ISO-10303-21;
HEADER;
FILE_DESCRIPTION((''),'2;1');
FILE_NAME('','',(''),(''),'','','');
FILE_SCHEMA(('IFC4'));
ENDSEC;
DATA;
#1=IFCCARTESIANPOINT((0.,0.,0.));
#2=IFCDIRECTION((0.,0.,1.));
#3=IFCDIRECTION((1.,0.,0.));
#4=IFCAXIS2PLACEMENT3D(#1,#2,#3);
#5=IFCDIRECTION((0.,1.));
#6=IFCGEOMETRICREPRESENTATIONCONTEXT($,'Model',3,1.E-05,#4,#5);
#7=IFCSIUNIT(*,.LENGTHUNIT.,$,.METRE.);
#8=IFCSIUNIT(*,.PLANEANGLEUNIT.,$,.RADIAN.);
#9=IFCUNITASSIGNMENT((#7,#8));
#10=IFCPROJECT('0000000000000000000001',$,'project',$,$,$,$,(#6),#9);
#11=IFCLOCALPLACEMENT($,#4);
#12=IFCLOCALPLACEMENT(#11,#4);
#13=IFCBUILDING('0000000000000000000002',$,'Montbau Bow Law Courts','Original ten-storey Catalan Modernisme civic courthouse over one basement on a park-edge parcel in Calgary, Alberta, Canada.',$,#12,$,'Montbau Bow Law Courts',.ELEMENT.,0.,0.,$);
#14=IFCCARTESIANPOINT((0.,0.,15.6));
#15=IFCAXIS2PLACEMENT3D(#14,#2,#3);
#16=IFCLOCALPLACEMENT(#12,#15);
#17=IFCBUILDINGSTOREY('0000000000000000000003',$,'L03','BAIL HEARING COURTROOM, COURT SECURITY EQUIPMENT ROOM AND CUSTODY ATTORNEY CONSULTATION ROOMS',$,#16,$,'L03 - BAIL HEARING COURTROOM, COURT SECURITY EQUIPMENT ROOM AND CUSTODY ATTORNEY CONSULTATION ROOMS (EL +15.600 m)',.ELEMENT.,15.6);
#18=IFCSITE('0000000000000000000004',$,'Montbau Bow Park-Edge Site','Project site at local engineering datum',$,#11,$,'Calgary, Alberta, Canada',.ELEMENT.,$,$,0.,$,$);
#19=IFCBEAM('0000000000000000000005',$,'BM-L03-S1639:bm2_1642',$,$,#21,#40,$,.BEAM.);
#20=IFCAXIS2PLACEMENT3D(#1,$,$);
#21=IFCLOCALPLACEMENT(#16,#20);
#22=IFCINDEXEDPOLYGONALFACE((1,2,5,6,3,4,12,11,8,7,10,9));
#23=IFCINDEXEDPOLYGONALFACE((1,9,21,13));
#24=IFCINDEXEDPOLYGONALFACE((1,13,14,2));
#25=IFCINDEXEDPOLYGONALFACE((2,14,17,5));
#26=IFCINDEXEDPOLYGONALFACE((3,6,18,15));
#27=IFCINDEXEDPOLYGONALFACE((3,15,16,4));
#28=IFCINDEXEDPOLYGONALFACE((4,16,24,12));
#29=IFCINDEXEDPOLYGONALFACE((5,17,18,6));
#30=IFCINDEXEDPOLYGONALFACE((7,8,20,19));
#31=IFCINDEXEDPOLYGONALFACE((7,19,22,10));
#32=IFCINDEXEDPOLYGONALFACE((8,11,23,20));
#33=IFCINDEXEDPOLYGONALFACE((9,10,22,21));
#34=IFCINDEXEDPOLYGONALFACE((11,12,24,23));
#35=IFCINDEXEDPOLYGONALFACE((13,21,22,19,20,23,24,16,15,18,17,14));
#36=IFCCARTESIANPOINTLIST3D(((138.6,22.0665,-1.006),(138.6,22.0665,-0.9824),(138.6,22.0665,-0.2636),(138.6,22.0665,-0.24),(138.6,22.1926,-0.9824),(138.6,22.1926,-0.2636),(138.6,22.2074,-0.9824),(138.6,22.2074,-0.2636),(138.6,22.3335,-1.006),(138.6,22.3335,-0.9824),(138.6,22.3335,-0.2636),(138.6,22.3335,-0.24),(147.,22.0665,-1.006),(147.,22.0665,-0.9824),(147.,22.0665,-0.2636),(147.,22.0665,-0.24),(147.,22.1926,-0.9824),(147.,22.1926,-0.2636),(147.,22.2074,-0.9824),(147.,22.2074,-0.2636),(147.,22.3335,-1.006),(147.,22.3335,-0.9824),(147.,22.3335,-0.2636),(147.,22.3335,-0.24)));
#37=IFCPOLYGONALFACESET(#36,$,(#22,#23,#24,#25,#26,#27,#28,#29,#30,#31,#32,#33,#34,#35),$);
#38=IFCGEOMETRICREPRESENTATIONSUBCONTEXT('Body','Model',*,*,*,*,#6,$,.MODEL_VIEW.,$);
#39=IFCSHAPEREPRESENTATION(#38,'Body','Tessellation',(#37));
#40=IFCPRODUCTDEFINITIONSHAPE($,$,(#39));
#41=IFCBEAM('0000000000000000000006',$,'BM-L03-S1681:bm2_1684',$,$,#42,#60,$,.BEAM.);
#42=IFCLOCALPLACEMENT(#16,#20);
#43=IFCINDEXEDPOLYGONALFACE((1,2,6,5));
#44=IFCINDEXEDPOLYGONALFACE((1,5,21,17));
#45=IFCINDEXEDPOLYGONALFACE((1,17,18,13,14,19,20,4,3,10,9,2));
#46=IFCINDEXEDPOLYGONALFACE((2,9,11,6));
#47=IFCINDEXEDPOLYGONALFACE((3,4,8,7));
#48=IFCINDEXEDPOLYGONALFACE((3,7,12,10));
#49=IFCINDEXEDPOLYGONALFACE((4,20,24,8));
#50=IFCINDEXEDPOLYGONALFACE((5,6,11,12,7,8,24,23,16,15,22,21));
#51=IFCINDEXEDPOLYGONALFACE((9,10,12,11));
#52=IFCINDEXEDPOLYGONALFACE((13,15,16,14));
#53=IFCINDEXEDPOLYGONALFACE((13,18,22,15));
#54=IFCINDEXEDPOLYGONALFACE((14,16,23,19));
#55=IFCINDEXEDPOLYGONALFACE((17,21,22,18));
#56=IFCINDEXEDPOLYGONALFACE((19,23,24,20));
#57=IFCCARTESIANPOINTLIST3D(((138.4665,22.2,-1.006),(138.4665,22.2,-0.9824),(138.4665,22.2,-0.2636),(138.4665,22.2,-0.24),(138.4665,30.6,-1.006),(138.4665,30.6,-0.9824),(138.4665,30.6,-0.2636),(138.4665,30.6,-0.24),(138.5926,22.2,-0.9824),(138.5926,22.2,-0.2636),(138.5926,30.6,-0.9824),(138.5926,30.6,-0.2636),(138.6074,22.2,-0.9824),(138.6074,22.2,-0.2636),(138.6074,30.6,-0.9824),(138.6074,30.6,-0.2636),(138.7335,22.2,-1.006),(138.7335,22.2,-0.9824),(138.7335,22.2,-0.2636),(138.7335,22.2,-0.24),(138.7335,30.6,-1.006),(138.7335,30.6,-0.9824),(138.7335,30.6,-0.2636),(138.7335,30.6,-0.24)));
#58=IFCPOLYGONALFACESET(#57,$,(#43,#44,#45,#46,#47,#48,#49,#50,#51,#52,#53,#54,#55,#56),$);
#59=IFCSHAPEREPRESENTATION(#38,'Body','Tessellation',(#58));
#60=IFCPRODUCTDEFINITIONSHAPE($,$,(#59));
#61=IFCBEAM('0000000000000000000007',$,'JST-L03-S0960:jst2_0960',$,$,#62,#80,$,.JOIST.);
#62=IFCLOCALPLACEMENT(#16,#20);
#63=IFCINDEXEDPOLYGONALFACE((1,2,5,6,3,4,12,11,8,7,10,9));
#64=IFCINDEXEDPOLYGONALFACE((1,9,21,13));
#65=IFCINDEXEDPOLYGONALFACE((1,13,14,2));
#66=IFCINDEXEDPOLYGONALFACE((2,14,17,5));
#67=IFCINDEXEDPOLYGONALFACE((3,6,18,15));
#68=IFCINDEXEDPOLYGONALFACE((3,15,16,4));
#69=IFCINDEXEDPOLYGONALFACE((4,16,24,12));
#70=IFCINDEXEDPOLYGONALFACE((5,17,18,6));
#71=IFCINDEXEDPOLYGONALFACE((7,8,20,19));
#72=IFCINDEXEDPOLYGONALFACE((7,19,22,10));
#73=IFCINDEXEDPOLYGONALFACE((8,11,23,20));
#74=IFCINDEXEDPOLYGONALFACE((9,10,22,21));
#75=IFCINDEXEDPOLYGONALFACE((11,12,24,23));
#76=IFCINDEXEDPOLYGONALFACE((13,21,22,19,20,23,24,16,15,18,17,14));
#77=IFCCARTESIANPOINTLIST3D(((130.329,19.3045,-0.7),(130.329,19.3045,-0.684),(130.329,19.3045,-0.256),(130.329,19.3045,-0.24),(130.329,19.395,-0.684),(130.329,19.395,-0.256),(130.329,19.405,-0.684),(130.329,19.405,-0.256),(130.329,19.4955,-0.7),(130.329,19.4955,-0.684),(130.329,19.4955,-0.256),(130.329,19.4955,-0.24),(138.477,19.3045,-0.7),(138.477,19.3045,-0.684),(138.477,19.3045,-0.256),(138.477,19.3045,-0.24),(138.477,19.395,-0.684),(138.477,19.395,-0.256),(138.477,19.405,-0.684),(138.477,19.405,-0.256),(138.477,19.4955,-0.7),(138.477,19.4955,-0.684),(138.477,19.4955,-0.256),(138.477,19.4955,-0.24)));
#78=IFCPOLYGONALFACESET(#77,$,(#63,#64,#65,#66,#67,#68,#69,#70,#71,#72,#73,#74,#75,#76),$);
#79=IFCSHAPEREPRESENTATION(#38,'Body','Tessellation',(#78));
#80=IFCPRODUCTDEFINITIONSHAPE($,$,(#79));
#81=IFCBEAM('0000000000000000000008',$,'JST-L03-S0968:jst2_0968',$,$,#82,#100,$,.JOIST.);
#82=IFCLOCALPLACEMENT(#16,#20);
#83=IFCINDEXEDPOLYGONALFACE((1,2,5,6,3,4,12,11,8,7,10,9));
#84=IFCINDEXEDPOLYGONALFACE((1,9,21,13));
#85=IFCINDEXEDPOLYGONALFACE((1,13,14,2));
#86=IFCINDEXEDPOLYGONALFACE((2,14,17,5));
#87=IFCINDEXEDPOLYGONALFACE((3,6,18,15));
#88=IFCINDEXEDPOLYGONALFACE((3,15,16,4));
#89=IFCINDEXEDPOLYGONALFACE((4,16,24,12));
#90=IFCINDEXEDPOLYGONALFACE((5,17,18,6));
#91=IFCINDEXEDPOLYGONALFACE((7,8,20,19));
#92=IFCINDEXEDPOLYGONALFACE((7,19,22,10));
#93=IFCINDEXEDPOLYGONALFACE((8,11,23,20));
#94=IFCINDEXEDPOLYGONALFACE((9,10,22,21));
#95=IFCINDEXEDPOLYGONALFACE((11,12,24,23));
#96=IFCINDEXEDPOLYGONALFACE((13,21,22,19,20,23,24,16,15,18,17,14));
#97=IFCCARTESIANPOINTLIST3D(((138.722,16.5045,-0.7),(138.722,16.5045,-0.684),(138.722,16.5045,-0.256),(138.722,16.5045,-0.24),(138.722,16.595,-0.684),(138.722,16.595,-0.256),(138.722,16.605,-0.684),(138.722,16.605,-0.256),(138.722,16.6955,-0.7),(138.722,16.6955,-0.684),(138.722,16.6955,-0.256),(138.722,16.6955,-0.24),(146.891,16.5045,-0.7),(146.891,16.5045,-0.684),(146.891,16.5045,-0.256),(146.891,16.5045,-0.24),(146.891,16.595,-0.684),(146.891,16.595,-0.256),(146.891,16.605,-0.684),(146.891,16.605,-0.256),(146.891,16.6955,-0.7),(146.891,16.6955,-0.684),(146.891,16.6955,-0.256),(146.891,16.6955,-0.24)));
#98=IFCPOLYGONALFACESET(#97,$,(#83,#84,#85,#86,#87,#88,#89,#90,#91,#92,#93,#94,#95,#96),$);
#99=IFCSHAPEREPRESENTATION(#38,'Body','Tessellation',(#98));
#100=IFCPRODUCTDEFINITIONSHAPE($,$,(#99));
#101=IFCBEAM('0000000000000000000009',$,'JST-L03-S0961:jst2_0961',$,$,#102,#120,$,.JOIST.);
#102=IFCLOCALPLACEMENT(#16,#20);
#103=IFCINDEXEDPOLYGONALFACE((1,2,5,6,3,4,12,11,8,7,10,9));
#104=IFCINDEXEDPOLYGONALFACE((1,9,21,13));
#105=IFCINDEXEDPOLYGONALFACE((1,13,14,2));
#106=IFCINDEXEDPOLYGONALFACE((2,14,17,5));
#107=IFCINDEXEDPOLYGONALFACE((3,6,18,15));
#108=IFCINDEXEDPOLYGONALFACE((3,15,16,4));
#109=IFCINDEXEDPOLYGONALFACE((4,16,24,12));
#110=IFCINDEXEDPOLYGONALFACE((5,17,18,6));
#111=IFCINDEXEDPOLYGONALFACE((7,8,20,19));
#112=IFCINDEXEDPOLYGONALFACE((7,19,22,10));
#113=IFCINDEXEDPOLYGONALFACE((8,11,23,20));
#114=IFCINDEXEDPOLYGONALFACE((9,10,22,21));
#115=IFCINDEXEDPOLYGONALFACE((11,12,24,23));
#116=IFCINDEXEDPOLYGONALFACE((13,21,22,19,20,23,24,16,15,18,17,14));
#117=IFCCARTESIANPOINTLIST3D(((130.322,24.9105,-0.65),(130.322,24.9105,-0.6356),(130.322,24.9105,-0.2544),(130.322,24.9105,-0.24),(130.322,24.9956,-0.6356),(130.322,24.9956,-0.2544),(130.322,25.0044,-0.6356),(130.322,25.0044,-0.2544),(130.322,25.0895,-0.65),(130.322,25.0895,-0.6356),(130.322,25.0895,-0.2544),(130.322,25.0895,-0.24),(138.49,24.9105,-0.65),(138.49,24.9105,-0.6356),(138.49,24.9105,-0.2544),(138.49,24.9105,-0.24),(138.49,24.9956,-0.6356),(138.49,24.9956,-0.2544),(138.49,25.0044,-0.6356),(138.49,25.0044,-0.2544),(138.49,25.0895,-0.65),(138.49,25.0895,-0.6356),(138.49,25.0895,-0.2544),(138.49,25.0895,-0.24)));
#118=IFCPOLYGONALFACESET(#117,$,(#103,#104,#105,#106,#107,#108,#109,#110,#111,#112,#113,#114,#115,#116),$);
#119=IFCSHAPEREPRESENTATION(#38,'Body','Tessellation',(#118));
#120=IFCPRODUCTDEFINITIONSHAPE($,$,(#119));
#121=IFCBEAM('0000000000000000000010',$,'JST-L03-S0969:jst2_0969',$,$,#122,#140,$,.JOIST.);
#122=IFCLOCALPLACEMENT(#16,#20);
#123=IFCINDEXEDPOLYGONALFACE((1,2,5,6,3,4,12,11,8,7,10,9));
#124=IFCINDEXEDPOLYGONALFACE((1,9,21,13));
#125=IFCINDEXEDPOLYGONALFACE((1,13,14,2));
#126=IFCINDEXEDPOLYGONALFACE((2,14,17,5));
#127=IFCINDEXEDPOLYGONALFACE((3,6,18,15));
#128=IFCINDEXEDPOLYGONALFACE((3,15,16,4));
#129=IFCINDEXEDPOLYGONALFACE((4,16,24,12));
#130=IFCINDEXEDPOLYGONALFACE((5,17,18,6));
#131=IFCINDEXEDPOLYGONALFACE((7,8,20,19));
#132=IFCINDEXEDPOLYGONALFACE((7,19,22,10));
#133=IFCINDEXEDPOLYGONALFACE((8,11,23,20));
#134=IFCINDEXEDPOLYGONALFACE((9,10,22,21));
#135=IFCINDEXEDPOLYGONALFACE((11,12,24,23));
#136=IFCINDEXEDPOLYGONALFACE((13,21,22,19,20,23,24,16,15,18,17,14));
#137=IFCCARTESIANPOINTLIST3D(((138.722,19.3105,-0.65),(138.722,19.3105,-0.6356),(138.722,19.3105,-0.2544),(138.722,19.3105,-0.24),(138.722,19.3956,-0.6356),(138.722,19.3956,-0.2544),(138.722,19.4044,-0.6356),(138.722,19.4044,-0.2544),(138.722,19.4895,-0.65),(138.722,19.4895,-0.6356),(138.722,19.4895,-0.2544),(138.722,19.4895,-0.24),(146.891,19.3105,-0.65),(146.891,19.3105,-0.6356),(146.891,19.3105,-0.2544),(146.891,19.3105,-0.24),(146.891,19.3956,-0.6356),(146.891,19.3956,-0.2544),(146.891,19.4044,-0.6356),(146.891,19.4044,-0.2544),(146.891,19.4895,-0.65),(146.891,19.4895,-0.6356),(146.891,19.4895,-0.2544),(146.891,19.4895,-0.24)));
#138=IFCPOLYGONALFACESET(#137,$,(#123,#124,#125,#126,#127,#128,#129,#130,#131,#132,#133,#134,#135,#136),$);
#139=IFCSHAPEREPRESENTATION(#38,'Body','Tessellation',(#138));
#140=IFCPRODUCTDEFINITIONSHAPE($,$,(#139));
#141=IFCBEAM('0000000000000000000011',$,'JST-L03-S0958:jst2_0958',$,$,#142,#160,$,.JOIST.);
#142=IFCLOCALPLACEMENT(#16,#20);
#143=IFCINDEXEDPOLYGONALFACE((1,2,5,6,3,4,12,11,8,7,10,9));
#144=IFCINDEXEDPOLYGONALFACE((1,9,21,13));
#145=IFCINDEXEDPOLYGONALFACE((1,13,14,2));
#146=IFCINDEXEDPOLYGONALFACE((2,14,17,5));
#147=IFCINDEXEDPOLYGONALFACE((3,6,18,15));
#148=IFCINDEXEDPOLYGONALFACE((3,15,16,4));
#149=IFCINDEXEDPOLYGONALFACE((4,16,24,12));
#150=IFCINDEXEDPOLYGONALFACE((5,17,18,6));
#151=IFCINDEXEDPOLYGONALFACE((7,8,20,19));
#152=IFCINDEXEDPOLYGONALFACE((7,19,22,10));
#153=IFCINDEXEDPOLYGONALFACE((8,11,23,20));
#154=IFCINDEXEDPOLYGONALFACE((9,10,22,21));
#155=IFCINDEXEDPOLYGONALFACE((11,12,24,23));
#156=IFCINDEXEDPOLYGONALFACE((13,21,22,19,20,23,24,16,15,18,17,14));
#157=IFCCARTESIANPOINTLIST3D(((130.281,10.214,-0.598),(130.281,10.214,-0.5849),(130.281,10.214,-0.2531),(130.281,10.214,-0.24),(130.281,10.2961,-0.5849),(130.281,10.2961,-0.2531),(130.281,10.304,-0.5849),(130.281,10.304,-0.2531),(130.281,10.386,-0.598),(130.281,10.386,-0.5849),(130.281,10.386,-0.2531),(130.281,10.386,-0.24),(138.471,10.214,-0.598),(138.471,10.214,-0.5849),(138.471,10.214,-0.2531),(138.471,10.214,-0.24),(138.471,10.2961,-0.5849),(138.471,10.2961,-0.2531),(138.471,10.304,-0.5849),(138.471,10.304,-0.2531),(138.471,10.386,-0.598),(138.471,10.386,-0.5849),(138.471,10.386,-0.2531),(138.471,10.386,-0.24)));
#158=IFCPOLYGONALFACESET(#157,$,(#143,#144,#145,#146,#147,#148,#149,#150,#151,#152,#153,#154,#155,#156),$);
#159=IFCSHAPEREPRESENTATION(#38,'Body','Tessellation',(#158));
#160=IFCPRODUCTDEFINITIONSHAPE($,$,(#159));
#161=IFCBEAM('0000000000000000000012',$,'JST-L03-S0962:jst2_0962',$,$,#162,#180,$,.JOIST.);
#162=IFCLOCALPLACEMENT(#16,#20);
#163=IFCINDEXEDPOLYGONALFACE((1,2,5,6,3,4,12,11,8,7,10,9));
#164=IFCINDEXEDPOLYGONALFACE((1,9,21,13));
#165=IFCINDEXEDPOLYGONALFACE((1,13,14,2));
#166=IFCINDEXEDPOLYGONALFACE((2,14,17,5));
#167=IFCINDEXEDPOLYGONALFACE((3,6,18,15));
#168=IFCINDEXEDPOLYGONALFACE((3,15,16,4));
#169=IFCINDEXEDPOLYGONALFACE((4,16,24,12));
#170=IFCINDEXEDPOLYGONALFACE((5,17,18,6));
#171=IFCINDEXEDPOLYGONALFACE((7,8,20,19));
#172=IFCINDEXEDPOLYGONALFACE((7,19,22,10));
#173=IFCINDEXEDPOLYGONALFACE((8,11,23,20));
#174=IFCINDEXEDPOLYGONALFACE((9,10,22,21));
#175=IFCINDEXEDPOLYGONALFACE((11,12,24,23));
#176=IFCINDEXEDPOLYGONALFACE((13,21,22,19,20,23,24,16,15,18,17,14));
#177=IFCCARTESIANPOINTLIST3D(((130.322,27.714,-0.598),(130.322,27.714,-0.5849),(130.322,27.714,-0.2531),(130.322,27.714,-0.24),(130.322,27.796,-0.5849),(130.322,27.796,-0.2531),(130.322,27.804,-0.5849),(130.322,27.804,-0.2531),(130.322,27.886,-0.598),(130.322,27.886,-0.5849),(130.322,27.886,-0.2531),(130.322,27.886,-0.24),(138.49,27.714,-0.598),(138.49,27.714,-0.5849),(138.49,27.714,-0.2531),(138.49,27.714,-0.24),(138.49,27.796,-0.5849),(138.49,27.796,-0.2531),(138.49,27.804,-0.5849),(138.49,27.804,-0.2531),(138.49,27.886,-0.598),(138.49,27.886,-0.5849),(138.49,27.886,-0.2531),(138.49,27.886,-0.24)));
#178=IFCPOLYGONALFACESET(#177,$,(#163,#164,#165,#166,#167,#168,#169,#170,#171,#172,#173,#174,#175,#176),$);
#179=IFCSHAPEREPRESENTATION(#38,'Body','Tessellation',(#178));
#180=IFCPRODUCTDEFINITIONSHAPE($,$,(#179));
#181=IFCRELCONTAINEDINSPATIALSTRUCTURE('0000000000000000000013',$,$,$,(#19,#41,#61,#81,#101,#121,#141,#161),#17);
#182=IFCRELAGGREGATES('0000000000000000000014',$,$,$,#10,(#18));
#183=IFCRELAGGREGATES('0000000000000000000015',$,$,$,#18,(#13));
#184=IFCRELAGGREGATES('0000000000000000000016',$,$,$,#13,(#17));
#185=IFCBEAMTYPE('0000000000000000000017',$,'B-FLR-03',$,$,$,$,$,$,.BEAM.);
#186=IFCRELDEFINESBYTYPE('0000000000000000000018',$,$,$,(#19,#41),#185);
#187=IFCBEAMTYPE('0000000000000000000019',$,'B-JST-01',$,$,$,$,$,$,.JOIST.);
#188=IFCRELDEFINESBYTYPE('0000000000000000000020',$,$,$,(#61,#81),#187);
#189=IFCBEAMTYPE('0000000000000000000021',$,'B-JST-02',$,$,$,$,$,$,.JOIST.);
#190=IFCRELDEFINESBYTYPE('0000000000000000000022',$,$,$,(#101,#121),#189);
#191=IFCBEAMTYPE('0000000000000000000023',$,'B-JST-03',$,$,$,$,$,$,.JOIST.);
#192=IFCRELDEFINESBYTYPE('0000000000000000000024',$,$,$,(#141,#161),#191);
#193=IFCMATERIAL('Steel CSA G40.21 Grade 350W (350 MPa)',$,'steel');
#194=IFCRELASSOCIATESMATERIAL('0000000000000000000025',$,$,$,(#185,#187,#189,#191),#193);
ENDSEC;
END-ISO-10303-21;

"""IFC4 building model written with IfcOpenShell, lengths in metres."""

from ifc_helpers import new_model, si_unit, direction, frame, origin_with_axes, origin_2d_with_axis, place, context, subcontext, project, spatial, i_section, extrude, material, material_profile, profile_set, type_object, element, save


model = new_model("IFC4")

# Units and contexts
model_context = context("Model", 3, precision=1e-05, world=origin_with_axes(), true_north=direction((0.0, 1.0)))
body_context = subcontext(model_context, "Body", "Model", "MODEL_VIEW")
ifc_project = project(units=[si_unit("LENGTHUNIT", "METRE"), si_unit("PLANEANGLEUNIT", "RADIAN")], contexts=[model_context])

# Site, building, storey
site_placement = place(None, origin_with_axes())
site = spatial("IfcSite", under=ifc_project, at=site_placement, Name="Montbau Bow Park-Edge Site", Description="Project site at local engineering datum", LongName="Calgary, Alberta, Canada", CompositionType="ELEMENT", RefElevation=0.0)
building_placement = place(site_placement, origin_with_axes())
building = spatial("IfcBuilding", under=site, at=building_placement, Name="Montbau Bow Law Courts", Description="Original ten-storey Catalan Modernisme civic courthouse over one basement on a park-edge parcel in Calgary, Alberta, Canada.", LongName="Montbau Bow Law Courts", CompositionType="ELEMENT", ElevationOfRefHeight=0.0, ElevationOfTerrain=0.0)
storey_placement = place(building_placement, frame((0.0, 0.0, 15.6), z_axis=(0.0, 0.0, 1.0), x_axis=(1.0, 0.0, 0.0)))
storey = spatial("IfcBuildingStorey", under=building, at=storey_placement, Name="L03", Description="BAIL HEARING COURTROOM, COURT SECURITY EQUIPMENT ROOM AND CUSTODY ATTORNEY CONSULTATION ROOMS", LongName="L03 - BAIL HEARING COURTROOM, COURT SECURITY EQUIPMENT ROOM AND CUSTODY ATTORNEY CONSULTATION ROOMS (EL +15.600 m)", CompositionType="ELEMENT", Elevation=15.6)

# Shared definitions
ifc_material_1 = material(Name="Steel CSA G40.21 Grade 350W (350 MPa)", Category="steel")

# Beams
ifc_material_profile_1 = material_profile(ifc_material_1, i_section(OverallWidth=0.267, OverallDepth=0.766, WebThickness=0.0149, FlangeThickness=0.0236, at=origin_2d_with_axis()), Name="W760X185", Category="Main", Priority=0)
ifc_profile_set_1 = profile_set([ifc_material_profile_1], Name="Steel CSA G40.21 Grade 350W (350 MPa)")
beam_type_1 = type_object("IfcBeamType", Name="B-FLR-03", PredefinedType="BEAM", material=ifc_profile_set_1)
for number, where, z_axis, x_axis, name in (
    (1, (138.6, 22.2, 14.977), (1.0, 0.0, 0.0), (0.0, 1.0, 0.0), "BM-L03-S1639:bm2_1642"),
    (2, (138.6, 22.2, 14.977), (0.0, 1.0, 0.0), (-1.0, 0.0, 0.0), "BM-L03-S1681:bm2_1684"),
):
    element("IfcBeam", number, at=place(None, frame(where, z_axis=z_axis, x_axis=x_axis)), inside=storey, type_object=beam_type_1, Name=name, PredefinedType="BEAM", context=body_context, shape_type="SweptSolid", body=[
        extrude(i_section(OverallWidth=0.267, OverallDepth=0.766, WebThickness=0.0149, FlangeThickness=0.0236, at=origin_2d_with_axis()), origin_with_axes(), (0.0, 0.0, 1.0), 8.4),
    ])
ifc_material_profile_2 = material_profile(ifc_material_1, i_section(OverallWidth=0.191, OverallDepth=0.46, WebThickness=0.0099, FlangeThickness=0.016, at=origin_2d_with_axis()), Name="W460X82", Category="Main", Priority=0)
ifc_profile_set_2 = profile_set([ifc_material_profile_2], Name="Steel CSA G40.21 Grade 350W (350 MPa)")
beam_type_2 = type_object("IfcBeamType", Name="B-JST-01", PredefinedType="JOIST", material=ifc_profile_set_2)
beam_1_placement = place(None, frame((130.329, 19.4, 15.13), z_axis=(1.0, 0.0, 0.0), x_axis=(0.0, 1.0, 0.0)))
element("IfcBeam", 3, at=beam_1_placement, inside=storey, type_object=beam_type_2, Name="JST-L03-S0960:jst2_0960", PredefinedType="JOIST", context=body_context, shape_type="SweptSolid", body=[
    extrude(i_section(OverallWidth=0.191, OverallDepth=0.46, WebThickness=0.0099, FlangeThickness=0.016, at=origin_2d_with_axis()), origin_with_axes(), (0.0, 0.0, 1.0), 8.148),
])
beam_2_placement = place(None, frame((138.722, 16.6, 15.13), z_axis=(1.0, 0.0, 0.0), x_axis=(0.0, 1.0, 0.0)))
element("IfcBeam", 4, at=beam_2_placement, inside=storey, type_object=beam_type_2, Name="JST-L03-S0968:jst2_0968", PredefinedType="JOIST", context=body_context, shape_type="SweptSolid", body=[
    extrude(i_section(OverallWidth=0.191, OverallDepth=0.46, WebThickness=0.0099, FlangeThickness=0.016, at=origin_2d_with_axis()), origin_with_axes(), (0.0, 0.0, 1.0), 8.169),
])
ifc_material_profile_3 = material_profile(ifc_material_1, i_section(OverallWidth=0.179, OverallDepth=0.41, WebThickness=0.0088, FlangeThickness=0.0144, at=origin_2d_with_axis()), Name="W410X67", Category="Main", Priority=0)
ifc_profile_set_3 = profile_set([ifc_material_profile_3], Name="Steel CSA G40.21 Grade 350W (350 MPa)")
beam_type_3 = type_object("IfcBeamType", Name="B-JST-02", PredefinedType="JOIST", material=ifc_profile_set_3)
beam_3_placement = place(None, frame((130.322, 25.0, 15.155), z_axis=(1.0, 0.0, 0.0), x_axis=(0.0, 1.0, 0.0)))
element("IfcBeam", 5, at=beam_3_placement, inside=storey, type_object=beam_type_3, Name="JST-L03-S0961:jst2_0961", PredefinedType="JOIST", context=body_context, shape_type="SweptSolid", body=[
    extrude(i_section(OverallWidth=0.179, OverallDepth=0.41, WebThickness=0.0088, FlangeThickness=0.0144, at=origin_2d_with_axis()), origin_with_axes(), (0.0, 0.0, 1.0), 8.168),
])
beam_4_placement = place(None, frame((138.722, 19.4, 15.155), z_axis=(1.0, 0.0, 0.0), x_axis=(0.0, 1.0, 0.0)))
element("IfcBeam", 6, at=beam_4_placement, inside=storey, type_object=beam_type_3, Name="JST-L03-S0969:jst2_0969", PredefinedType="JOIST", context=body_context, shape_type="SweptSolid", body=[
    extrude(i_section(OverallWidth=0.179, OverallDepth=0.41, WebThickness=0.0088, FlangeThickness=0.0144, at=origin_2d_with_axis()), origin_with_axes(), (0.0, 0.0, 1.0), 8.169),
])
ifc_material_profile_4 = material_profile(ifc_material_1, i_section(OverallWidth=0.172, OverallDepth=0.358, WebThickness=0.0079, FlangeThickness=0.0131, at=origin_2d_with_axis()), Name="W360X57", Category="Main", Priority=0)
ifc_profile_set_4 = profile_set([ifc_material_profile_4], Name="Steel CSA G40.21 Grade 350W (350 MPa)")
beam_type_4 = type_object("IfcBeamType", Name="B-JST-03", PredefinedType="JOIST", material=ifc_profile_set_4)
beam_5_placement = place(None, frame((130.281, 10.3, 15.181), z_axis=(1.0, 0.0, 0.0), x_axis=(0.0, 1.0, 0.0)))
element("IfcBeam", 7, at=beam_5_placement, inside=storey, type_object=beam_type_4, Name="JST-L03-S0958:jst2_0958", PredefinedType="JOIST", context=body_context, shape_type="SweptSolid", body=[
    extrude(i_section(OverallWidth=0.172, OverallDepth=0.358, WebThickness=0.0079, FlangeThickness=0.0131, at=origin_2d_with_axis()), origin_with_axes(), (0.0, 0.0, 1.0), 8.19),
])
beam_6_placement = place(None, frame((130.322, 27.8, 15.181), z_axis=(1.0, 0.0, 0.0), x_axis=(0.0, 1.0, 0.0)))
element("IfcBeam", 8, at=beam_6_placement, inside=storey, type_object=beam_type_4, Name="JST-L03-S0962:jst2_0962", PredefinedType="JOIST", context=body_context, shape_type="SweptSolid", body=[
    extrude(i_section(OverallWidth=0.172, OverallDepth=0.358, WebThickness=0.0079, FlangeThickness=0.0131, at=origin_2d_with_axis()), origin_with_axes(), (0.0, 0.0, 1.0), 8.168),
])

save(model, "model.ifc")
